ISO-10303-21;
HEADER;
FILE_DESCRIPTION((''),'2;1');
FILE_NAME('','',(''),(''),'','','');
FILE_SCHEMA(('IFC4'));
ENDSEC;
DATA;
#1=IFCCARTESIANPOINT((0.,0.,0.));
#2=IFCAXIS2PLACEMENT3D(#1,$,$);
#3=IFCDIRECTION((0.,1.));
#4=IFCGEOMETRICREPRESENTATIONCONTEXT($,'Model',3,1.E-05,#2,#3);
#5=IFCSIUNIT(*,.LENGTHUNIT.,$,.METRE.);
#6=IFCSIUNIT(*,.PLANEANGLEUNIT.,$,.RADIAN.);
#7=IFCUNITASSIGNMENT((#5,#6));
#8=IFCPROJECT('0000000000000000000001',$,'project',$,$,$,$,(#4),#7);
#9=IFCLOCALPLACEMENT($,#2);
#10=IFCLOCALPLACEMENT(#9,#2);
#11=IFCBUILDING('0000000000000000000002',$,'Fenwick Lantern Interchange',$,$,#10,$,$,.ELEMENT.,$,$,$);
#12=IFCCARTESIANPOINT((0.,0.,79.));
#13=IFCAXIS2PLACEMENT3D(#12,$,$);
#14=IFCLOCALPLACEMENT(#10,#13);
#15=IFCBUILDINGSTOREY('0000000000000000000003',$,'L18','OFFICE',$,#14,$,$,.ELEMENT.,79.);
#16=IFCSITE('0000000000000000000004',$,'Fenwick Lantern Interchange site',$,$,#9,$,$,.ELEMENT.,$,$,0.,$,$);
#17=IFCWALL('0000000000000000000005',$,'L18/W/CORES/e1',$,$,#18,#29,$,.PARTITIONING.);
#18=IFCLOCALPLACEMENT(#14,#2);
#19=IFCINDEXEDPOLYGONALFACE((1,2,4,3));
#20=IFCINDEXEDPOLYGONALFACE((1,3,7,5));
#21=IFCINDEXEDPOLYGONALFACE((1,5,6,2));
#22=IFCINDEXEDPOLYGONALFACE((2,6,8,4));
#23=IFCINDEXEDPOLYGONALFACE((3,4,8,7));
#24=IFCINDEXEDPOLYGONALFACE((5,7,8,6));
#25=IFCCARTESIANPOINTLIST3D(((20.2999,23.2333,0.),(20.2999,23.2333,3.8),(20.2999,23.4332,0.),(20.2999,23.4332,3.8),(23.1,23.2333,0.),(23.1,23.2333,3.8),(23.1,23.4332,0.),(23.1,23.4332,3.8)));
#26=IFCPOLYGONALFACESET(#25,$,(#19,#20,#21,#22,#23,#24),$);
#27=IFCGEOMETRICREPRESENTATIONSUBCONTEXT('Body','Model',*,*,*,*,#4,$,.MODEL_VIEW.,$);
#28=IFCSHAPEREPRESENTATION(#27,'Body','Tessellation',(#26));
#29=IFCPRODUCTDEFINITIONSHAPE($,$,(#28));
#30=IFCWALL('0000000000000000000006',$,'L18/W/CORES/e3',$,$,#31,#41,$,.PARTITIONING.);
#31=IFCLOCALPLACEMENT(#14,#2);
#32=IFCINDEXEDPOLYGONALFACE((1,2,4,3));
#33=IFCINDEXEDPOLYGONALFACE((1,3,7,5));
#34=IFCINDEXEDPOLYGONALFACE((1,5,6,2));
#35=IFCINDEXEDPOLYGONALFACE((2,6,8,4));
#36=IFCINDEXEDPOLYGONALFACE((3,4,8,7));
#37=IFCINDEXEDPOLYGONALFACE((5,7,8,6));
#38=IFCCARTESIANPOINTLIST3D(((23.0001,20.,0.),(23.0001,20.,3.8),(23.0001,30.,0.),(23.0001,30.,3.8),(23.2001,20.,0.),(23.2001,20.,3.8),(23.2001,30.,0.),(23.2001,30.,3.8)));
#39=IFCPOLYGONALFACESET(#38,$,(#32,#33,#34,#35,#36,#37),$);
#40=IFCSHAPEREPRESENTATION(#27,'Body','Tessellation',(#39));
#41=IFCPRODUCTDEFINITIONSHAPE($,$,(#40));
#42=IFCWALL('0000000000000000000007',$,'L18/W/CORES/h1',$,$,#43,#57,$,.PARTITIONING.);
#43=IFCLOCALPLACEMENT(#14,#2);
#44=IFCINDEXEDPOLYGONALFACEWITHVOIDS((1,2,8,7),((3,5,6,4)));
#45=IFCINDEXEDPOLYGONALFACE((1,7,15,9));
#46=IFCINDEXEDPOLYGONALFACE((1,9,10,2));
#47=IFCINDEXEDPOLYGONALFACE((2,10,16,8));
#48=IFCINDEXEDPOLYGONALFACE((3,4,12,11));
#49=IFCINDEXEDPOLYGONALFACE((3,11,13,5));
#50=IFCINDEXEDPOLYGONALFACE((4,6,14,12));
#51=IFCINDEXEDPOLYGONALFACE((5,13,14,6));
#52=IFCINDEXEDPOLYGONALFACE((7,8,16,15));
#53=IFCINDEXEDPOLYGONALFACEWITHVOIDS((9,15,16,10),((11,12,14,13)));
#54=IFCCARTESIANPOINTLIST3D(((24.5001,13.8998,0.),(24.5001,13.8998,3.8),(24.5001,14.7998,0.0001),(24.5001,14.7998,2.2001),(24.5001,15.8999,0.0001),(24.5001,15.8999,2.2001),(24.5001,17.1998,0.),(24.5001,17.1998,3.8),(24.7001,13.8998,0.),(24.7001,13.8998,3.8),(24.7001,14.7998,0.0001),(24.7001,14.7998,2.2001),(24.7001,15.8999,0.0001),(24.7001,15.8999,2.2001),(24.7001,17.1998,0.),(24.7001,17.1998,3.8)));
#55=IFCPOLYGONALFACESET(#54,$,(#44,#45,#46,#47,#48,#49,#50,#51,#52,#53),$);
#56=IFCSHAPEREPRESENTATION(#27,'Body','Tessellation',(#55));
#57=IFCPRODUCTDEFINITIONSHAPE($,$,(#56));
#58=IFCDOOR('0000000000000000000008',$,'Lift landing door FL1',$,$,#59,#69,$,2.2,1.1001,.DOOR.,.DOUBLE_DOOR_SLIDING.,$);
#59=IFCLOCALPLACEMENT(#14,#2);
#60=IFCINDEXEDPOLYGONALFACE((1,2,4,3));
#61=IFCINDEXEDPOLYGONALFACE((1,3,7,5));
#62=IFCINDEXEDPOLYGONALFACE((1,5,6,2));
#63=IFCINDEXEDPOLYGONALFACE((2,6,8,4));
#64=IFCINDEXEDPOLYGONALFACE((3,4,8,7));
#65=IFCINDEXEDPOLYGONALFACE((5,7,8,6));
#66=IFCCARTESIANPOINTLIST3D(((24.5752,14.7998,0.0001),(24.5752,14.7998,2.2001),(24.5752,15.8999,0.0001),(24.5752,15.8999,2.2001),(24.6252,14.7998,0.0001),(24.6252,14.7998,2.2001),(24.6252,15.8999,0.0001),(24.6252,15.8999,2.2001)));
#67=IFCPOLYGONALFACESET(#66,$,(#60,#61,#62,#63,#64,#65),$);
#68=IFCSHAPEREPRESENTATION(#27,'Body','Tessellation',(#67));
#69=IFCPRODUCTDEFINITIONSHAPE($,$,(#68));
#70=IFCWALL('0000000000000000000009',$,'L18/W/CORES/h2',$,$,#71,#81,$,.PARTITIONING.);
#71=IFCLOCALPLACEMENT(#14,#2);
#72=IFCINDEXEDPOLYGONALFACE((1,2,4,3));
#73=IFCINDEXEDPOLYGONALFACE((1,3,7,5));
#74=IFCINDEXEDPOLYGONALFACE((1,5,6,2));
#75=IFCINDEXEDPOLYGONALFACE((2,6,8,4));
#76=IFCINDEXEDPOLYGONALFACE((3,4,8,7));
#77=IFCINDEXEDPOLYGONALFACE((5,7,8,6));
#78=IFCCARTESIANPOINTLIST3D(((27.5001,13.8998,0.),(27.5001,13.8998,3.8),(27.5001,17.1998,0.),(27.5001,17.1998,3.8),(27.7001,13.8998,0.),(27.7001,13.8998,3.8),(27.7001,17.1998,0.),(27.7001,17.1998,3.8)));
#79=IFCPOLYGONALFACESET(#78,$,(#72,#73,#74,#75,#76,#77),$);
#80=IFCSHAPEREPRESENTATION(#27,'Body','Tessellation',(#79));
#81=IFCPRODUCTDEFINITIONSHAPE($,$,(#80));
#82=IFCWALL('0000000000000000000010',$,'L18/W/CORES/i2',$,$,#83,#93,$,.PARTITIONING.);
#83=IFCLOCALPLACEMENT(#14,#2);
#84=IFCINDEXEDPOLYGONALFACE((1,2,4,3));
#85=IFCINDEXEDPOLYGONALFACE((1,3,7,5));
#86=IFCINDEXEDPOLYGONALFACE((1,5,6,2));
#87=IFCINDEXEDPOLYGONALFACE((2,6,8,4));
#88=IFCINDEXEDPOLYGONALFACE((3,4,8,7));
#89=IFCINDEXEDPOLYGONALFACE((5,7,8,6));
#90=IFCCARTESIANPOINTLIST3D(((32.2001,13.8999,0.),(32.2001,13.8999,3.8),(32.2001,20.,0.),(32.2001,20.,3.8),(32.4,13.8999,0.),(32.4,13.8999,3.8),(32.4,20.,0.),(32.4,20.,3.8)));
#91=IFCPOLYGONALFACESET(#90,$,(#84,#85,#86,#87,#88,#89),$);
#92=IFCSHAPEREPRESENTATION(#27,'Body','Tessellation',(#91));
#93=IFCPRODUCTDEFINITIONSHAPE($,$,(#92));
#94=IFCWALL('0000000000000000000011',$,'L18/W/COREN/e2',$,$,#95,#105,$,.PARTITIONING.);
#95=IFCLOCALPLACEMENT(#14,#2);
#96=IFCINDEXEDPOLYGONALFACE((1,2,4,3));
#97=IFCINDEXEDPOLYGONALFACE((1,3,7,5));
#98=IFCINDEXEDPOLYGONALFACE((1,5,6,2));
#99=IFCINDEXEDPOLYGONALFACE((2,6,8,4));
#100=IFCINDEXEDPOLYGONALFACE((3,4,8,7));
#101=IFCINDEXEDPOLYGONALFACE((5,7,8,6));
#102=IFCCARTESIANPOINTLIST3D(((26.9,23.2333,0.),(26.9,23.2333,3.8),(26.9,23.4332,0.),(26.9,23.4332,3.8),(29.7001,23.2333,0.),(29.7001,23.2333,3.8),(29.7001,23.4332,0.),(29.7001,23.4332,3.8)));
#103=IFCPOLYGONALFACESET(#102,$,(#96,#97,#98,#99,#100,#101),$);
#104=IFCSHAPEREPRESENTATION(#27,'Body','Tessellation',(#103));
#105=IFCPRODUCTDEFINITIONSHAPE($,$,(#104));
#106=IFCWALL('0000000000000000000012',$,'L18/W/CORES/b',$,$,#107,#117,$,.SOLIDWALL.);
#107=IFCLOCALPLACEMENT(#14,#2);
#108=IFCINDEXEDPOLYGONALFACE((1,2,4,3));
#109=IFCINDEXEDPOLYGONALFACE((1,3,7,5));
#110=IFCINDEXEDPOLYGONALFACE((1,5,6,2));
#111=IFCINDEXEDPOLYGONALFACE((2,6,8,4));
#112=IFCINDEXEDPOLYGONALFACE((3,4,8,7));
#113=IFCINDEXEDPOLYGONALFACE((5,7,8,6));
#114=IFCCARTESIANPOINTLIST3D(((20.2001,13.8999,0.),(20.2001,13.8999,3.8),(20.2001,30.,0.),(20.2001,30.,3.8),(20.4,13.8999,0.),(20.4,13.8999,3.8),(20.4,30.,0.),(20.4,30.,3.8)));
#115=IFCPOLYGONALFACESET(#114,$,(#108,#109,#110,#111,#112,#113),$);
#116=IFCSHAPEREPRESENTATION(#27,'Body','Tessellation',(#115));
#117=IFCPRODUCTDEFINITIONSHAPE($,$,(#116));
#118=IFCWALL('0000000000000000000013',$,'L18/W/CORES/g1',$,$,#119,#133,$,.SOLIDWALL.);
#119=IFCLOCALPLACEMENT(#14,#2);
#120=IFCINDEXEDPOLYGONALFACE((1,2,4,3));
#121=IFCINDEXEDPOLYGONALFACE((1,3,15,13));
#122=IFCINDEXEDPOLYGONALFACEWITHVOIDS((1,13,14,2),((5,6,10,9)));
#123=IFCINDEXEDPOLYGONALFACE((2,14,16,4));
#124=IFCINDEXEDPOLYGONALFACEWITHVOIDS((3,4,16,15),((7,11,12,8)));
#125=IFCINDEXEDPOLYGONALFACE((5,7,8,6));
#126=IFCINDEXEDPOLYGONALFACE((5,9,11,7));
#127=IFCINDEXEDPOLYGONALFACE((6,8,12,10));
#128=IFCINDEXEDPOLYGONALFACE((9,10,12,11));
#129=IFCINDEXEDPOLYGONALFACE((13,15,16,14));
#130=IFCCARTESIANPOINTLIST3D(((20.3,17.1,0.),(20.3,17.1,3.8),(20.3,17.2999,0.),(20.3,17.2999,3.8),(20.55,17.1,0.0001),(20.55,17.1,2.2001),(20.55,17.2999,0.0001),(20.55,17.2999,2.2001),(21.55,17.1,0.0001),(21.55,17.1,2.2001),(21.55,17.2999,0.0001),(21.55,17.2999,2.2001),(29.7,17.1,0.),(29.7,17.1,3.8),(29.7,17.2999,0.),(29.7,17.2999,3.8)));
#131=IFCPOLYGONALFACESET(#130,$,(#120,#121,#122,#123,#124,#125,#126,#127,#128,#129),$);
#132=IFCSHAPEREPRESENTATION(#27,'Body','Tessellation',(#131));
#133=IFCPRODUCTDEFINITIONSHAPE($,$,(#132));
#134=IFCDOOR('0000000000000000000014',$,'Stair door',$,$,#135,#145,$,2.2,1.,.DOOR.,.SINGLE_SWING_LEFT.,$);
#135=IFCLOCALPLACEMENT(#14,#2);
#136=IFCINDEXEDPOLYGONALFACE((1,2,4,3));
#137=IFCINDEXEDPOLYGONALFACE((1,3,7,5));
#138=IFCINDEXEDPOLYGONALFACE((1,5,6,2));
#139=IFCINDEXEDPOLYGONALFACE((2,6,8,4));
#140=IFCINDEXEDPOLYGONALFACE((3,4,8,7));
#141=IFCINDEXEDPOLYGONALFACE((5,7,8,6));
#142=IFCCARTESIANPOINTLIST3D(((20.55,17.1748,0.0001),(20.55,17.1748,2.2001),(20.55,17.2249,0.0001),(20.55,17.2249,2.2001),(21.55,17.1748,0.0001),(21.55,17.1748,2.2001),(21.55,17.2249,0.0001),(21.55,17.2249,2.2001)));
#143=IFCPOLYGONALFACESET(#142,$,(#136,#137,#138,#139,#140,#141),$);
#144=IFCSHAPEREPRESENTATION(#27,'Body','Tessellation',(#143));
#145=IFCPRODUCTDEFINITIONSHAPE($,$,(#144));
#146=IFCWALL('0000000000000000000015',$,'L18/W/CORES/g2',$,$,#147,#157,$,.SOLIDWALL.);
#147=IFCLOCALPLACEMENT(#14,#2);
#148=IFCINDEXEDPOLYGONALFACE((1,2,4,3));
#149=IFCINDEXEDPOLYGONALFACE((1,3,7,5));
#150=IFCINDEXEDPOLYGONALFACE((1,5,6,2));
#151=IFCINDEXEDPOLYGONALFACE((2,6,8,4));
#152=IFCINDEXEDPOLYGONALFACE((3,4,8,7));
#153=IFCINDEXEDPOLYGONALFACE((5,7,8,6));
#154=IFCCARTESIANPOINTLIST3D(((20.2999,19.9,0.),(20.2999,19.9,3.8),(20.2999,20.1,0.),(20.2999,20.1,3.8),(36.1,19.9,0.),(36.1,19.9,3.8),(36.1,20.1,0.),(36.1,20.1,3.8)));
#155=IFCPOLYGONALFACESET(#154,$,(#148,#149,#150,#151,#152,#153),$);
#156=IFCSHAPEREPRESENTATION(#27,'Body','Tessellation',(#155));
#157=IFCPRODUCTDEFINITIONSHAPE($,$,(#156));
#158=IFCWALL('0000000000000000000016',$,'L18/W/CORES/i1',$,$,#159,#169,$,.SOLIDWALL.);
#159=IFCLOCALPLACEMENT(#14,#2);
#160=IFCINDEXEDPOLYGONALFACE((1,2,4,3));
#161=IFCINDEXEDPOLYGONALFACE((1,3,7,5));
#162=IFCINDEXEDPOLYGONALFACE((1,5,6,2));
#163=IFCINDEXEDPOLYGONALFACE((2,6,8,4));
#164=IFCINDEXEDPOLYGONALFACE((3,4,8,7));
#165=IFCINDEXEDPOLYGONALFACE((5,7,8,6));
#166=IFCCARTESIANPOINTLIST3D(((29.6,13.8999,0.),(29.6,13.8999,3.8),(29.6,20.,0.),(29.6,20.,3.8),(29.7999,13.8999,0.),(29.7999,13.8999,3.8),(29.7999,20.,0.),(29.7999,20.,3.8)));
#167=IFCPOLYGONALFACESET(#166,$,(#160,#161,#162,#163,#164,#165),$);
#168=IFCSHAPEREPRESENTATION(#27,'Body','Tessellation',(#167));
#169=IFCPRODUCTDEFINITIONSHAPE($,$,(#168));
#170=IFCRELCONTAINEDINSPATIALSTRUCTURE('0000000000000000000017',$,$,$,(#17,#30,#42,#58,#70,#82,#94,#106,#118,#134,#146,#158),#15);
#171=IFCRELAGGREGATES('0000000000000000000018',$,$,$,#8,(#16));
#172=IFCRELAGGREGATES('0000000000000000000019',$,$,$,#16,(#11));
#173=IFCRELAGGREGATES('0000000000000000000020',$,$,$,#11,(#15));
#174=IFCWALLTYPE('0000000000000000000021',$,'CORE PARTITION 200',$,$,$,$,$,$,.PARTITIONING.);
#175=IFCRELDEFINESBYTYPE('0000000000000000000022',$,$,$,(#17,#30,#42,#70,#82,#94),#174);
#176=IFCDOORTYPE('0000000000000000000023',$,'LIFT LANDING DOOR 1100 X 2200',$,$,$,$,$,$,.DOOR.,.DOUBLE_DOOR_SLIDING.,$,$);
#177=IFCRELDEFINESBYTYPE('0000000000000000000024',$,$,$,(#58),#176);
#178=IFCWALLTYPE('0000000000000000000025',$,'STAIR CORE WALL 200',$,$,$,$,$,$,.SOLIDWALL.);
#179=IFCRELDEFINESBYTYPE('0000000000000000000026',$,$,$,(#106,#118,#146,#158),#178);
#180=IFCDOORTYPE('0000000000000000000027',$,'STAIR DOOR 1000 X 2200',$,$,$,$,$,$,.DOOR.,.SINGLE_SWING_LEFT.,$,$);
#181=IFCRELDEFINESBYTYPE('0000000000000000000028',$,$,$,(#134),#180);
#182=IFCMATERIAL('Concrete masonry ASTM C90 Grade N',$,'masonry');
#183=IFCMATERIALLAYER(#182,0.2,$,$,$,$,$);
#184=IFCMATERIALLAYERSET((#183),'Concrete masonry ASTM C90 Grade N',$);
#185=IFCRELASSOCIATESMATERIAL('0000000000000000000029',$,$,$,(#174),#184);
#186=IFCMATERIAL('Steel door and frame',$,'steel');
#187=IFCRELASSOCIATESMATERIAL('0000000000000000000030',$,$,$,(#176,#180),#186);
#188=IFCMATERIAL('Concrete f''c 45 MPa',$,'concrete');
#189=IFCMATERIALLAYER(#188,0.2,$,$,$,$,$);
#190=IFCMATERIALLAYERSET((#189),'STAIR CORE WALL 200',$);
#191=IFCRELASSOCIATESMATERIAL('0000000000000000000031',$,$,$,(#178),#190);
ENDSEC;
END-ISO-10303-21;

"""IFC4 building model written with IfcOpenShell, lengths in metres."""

from ifc_helpers import new_model, si_unit, direction, frame, frame_2d, origin, place, context, subcontext, project, spatial, rectangle, extrude, material, layer, layer_set, type_object, element, fill, save


model = new_model("IFC4")

# Units and contexts
model_context = context("Model", 3, precision=1e-05, world=origin(), true_north=direction((0.0, 1.0)))
body_context = subcontext(model_context, "Body", "Model", "MODEL_VIEW")
ifc_project = project(units=[si_unit("LENGTHUNIT", "METRE"), si_unit("PLANEANGLEUNIT", "RADIAN")], contexts=[model_context])

# Site, building, storey
site_placement = place(None, origin())
site = spatial("IfcSite", under=ifc_project, at=site_placement, Name="Fenwick Lantern Interchange site", CompositionType="ELEMENT", RefElevation=0.0)
building_placement = place(site_placement, origin())
building = spatial("IfcBuilding", under=site, at=building_placement, Name="Fenwick Lantern Interchange", CompositionType="ELEMENT")
storey_placement = place(building_placement, frame((0.0, 0.0, 79.0)))
storey = spatial("IfcBuildingStorey", under=building, at=storey_placement, Name="L18", Description="OFFICE", CompositionType="ELEMENT", Elevation=79.0)

# Walls
ifc_material_1 = material(Name="Concrete masonry ASTM C90 Grade N", Category="masonry")
ifc_layer_1 = layer(ifc_material_1, 0.2)
ifc_layer_set_1 = layer_set([ifc_layer_1], Name="Concrete masonry ASTM C90 Grade N")
wall_type_1 = type_object("IfcWallType", Name="CORE PARTITION 200", PredefinedType="PARTITIONING", material=ifc_layer_set_1)
wall_1_placement = place(storey_placement, frame((20.3, 23.3333, 0.0), z_axis=(0.0, 0.0, 1.0), x_axis=(1.0, 0.0, 0.0)))
element("IfcWall", 1, at=wall_1_placement, inside=storey, type_object=wall_type_1, Name="L18/W/CORES/e1", PredefinedType="PARTITIONING", context=body_context, shape_type="SweptSolid", body=[
    extrude(rectangle(XDim=2.8, YDim=0.2, at=frame_2d((1.3999, 0.0))), origin(), (0.0, 0.0, 1.0), 3.8),
])
wall_2_placement = place(storey_placement, frame((23.1001, 20.0, 0.0), z_axis=(0.0, 0.0, 1.0), x_axis=(0.0, 1.0, 0.0)))
element("IfcWall", 2, at=wall_2_placement, inside=storey, type_object=wall_type_1, Name="L18/W/CORES/e3", PredefinedType="PARTITIONING", context=body_context, shape_type="SweptSolid", body=[
    extrude(rectangle(XDim=10.0, YDim=0.2, at=frame_2d((5.0, 0.0))), origin(), (0.0, 0.0, 1.0), 3.8),
])

# Wall, opening, door
wall_3_placement = place(storey_placement, frame((24.6001, 13.8999, 0.0), z_axis=(0.0, 0.0, 1.0), x_axis=(0.0, 1.0, 0.0)))
wall_3 = element("IfcWall", 3, at=wall_3_placement, inside=storey, type_object=wall_type_1, Name="L18/W/CORES/h1", PredefinedType="PARTITIONING", context=body_context, shape_type="SweptSolid", body=[
    extrude(rectangle(XDim=3.3, YDim=0.2, at=frame_2d((1.6499, 0.0))), origin(), (0.0, 0.0, 1.0), 3.8),
])
opening_1_placement = place(wall_3_placement, frame((0.8999, 0.0, 0.0)))
opening_1 = element("IfcOpeningElement", 4, at=opening_1_placement, cuts=wall_3, PredefinedType="OPENING", context=body_context, shape_type="SweptSolid", body=[
    extrude(rectangle(XDim=1.1001, YDim=2.2, at=frame_2d((0.55, 1.1001))), frame((0.0, 0.1099, 0.0), z_axis=(0.0, -1.0, 0.0), x_axis=(1.0, 0.0, 0.0)), (0.0, 0.0, 1.0), 0.22),
])
ifc_material_2 = material(Name="Steel door and frame", Category="steel")
door_type_1 = type_object("IfcDoorType", Name="LIFT LANDING DOOR 1100 X 2200", OperationType="DOUBLE_DOOR_SLIDING", PredefinedType="DOOR", material=ifc_material_2)
door_1_placement = place(opening_1_placement, origin())
door_1 = element("IfcDoor", 5, at=door_1_placement, inside=storey, type_object=door_type_1, Name="Lift landing door FL1", OperationType="DOUBLE_DOOR_SLIDING", OverallHeight=2.2, OverallWidth=1.1001, PredefinedType="DOOR", context=body_context, shape_type="SweptSolid", body=[
    extrude(rectangle(XDim=1.1001, YDim=2.2, at=frame_2d((0.55, 1.1001))), frame((0.0, 0.0249, 0.0), z_axis=(0.0, -1.0, 0.0), x_axis=(1.0, 0.0, 0.0)), (0.0, 0.0, 1.0), 0.05),
])
fill(opening_1, door_1)

# Walls
wall_4_placement = place(storey_placement, frame((27.6001, 13.8999, 0.0), z_axis=(0.0, 0.0, 1.0), x_axis=(0.0, 1.0, 0.0)))
element("IfcWall", 6, at=wall_4_placement, inside=storey, type_object=wall_type_1, Name="L18/W/CORES/h2", PredefinedType="PARTITIONING", context=body_context, shape_type="SweptSolid", body=[
    extrude(rectangle(XDim=3.3, YDim=0.2, at=frame_2d((1.6499, 0.0))), origin(), (0.0, 0.0, 1.0), 3.8),
])
wall_5_placement = place(storey_placement, frame((32.3, 13.8999, 0.0), z_axis=(0.0, 0.0, 1.0), x_axis=(0.0, 1.0, 0.0)))
element("IfcWall", 7, at=wall_5_placement, inside=storey, type_object=wall_type_1, Name="L18/W/CORES/i2", PredefinedType="PARTITIONING", context=body_context, shape_type="SweptSolid", body=[
    extrude(rectangle(XDim=6.1001, YDim=0.2, at=frame_2d((3.05, 0.0))), origin(), (0.0, 0.0, 1.0), 3.8),
])
wall_6_placement = place(storey_placement, frame((29.7, 23.3333, 0.0), z_axis=(0.0, 0.0, 1.0), x_axis=(-1.0, 0.0, 0.0)))
element("IfcWall", 8, at=wall_6_placement, inside=storey, type_object=wall_type_1, Name="L18/W/COREN/e2", PredefinedType="PARTITIONING", context=body_context, shape_type="SweptSolid", body=[
    extrude(rectangle(XDim=2.8, YDim=0.2, at=frame_2d((1.3999, 0.0))), origin(), (0.0, 0.0, 1.0), 3.8),
])
ifc_material_3 = material(Name="Concrete f'c 45 MPa", Category="concrete")
ifc_layer_2 = layer(ifc_material_3, 0.2)
ifc_layer_set_2 = layer_set([ifc_layer_2], Name="STAIR CORE WALL 200")
wall_type_2 = type_object("IfcWallType", Name="STAIR CORE WALL 200", PredefinedType="SOLIDWALL", material=ifc_layer_set_2)
wall_7_placement = place(storey_placement, frame((20.3, 13.8999, 0.0), z_axis=(0.0, 0.0, 1.0), x_axis=(0.0, 1.0, 0.0)))
element("IfcWall", 9, at=wall_7_placement, inside=storey, type_object=wall_type_2, Name="L18/W/CORES/b", PredefinedType="SOLIDWALL", context=body_context, shape_type="SweptSolid", body=[
    extrude(rectangle(XDim=16.1001, YDim=0.2, at=frame_2d((8.05, 0.0))), origin(), (0.0, 0.0, 1.0), 3.8),
])

# Wall, opening, door
wall_8_placement = place(storey_placement, frame((20.3, 17.2, 0.0), z_axis=(0.0, 0.0, 1.0), x_axis=(1.0, 0.0, 0.0)))
wall_8 = element("IfcWall", 10, at=wall_8_placement, inside=storey, type_object=wall_type_2, Name="L18/W/CORES/g1", PredefinedType="SOLIDWALL", context=body_context, shape_type="SweptSolid", body=[
    extrude(rectangle(XDim=9.3999, YDim=0.2, at=frame_2d((4.7, 0.0))), origin(), (0.0, 0.0, 1.0), 3.8),
])
opening_2_placement = place(wall_8_placement, frame((0.25, 0.0, 0.0)))
opening_2 = element("IfcOpeningElement", 11, at=opening_2_placement, cuts=wall_8, PredefinedType="OPENING", context=body_context, shape_type="SweptSolid", body=[
    extrude(rectangle(XDim=1.0, YDim=2.2, at=frame_2d((0.5, 1.1001))), frame((0.0, 0.1099, 0.0), z_axis=(0.0, -1.0, 0.0), x_axis=(1.0, 0.0, 0.0)), (0.0, 0.0, 1.0), 0.22),
])
door_type_2 = type_object("IfcDoorType", Name="STAIR DOOR 1000 X 2200", OperationType="SINGLE_SWING_LEFT", PredefinedType="DOOR", material=ifc_material_2)
door_2_placement = place(opening_2_placement, origin())
door_2 = element("IfcDoor", 12, at=door_2_placement, inside=storey, type_object=door_type_2, Name="Stair door", OperationType="SINGLE_SWING_LEFT", OverallHeight=2.2, OverallWidth=1.0, PredefinedType="DOOR", context=body_context, shape_type="SweptSolid", body=[
    extrude(rectangle(XDim=1.0, YDim=2.2, at=frame_2d((0.5, 1.1001))), frame((0.0, 0.0249, 0.0), z_axis=(0.0, -1.0, 0.0), x_axis=(1.0, 0.0, 0.0)), (0.0, 0.0, 1.0), 0.05),
])
fill(opening_2, door_2)

# Walls
wall_9_placement = place(storey_placement, frame((20.3, 20.0, 0.0), z_axis=(0.0, 0.0, 1.0), x_axis=(1.0, 0.0, 0.0)))
element("IfcWall", 13, at=wall_9_placement, inside=storey, type_object=wall_type_2, Name="L18/W/CORES/g2", PredefinedType="SOLIDWALL", context=body_context, shape_type="SweptSolid", body=[
    extrude(rectangle(XDim=15.8, YDim=0.2, at=frame_2d((7.8999, 0.0))), origin(), (0.0, 0.0, 1.0), 3.8),
])
wall_10_placement = place(storey_placement, frame((29.7, 13.8999, 0.0), z_axis=(0.0, 0.0, 1.0), x_axis=(0.0, 1.0, 0.0)))
element("IfcWall", 14, at=wall_10_placement, inside=storey, type_object=wall_type_2, Name="L18/W/CORES/i1", PredefinedType="SOLIDWALL", context=body_context, shape_type="SweptSolid", body=[
    extrude(rectangle(XDim=6.1001, YDim=0.2, at=frame_2d((3.05, 0.0))), origin(), (0.0, 0.0, 1.0), 3.8),
])

save(model, "model.ifc")
